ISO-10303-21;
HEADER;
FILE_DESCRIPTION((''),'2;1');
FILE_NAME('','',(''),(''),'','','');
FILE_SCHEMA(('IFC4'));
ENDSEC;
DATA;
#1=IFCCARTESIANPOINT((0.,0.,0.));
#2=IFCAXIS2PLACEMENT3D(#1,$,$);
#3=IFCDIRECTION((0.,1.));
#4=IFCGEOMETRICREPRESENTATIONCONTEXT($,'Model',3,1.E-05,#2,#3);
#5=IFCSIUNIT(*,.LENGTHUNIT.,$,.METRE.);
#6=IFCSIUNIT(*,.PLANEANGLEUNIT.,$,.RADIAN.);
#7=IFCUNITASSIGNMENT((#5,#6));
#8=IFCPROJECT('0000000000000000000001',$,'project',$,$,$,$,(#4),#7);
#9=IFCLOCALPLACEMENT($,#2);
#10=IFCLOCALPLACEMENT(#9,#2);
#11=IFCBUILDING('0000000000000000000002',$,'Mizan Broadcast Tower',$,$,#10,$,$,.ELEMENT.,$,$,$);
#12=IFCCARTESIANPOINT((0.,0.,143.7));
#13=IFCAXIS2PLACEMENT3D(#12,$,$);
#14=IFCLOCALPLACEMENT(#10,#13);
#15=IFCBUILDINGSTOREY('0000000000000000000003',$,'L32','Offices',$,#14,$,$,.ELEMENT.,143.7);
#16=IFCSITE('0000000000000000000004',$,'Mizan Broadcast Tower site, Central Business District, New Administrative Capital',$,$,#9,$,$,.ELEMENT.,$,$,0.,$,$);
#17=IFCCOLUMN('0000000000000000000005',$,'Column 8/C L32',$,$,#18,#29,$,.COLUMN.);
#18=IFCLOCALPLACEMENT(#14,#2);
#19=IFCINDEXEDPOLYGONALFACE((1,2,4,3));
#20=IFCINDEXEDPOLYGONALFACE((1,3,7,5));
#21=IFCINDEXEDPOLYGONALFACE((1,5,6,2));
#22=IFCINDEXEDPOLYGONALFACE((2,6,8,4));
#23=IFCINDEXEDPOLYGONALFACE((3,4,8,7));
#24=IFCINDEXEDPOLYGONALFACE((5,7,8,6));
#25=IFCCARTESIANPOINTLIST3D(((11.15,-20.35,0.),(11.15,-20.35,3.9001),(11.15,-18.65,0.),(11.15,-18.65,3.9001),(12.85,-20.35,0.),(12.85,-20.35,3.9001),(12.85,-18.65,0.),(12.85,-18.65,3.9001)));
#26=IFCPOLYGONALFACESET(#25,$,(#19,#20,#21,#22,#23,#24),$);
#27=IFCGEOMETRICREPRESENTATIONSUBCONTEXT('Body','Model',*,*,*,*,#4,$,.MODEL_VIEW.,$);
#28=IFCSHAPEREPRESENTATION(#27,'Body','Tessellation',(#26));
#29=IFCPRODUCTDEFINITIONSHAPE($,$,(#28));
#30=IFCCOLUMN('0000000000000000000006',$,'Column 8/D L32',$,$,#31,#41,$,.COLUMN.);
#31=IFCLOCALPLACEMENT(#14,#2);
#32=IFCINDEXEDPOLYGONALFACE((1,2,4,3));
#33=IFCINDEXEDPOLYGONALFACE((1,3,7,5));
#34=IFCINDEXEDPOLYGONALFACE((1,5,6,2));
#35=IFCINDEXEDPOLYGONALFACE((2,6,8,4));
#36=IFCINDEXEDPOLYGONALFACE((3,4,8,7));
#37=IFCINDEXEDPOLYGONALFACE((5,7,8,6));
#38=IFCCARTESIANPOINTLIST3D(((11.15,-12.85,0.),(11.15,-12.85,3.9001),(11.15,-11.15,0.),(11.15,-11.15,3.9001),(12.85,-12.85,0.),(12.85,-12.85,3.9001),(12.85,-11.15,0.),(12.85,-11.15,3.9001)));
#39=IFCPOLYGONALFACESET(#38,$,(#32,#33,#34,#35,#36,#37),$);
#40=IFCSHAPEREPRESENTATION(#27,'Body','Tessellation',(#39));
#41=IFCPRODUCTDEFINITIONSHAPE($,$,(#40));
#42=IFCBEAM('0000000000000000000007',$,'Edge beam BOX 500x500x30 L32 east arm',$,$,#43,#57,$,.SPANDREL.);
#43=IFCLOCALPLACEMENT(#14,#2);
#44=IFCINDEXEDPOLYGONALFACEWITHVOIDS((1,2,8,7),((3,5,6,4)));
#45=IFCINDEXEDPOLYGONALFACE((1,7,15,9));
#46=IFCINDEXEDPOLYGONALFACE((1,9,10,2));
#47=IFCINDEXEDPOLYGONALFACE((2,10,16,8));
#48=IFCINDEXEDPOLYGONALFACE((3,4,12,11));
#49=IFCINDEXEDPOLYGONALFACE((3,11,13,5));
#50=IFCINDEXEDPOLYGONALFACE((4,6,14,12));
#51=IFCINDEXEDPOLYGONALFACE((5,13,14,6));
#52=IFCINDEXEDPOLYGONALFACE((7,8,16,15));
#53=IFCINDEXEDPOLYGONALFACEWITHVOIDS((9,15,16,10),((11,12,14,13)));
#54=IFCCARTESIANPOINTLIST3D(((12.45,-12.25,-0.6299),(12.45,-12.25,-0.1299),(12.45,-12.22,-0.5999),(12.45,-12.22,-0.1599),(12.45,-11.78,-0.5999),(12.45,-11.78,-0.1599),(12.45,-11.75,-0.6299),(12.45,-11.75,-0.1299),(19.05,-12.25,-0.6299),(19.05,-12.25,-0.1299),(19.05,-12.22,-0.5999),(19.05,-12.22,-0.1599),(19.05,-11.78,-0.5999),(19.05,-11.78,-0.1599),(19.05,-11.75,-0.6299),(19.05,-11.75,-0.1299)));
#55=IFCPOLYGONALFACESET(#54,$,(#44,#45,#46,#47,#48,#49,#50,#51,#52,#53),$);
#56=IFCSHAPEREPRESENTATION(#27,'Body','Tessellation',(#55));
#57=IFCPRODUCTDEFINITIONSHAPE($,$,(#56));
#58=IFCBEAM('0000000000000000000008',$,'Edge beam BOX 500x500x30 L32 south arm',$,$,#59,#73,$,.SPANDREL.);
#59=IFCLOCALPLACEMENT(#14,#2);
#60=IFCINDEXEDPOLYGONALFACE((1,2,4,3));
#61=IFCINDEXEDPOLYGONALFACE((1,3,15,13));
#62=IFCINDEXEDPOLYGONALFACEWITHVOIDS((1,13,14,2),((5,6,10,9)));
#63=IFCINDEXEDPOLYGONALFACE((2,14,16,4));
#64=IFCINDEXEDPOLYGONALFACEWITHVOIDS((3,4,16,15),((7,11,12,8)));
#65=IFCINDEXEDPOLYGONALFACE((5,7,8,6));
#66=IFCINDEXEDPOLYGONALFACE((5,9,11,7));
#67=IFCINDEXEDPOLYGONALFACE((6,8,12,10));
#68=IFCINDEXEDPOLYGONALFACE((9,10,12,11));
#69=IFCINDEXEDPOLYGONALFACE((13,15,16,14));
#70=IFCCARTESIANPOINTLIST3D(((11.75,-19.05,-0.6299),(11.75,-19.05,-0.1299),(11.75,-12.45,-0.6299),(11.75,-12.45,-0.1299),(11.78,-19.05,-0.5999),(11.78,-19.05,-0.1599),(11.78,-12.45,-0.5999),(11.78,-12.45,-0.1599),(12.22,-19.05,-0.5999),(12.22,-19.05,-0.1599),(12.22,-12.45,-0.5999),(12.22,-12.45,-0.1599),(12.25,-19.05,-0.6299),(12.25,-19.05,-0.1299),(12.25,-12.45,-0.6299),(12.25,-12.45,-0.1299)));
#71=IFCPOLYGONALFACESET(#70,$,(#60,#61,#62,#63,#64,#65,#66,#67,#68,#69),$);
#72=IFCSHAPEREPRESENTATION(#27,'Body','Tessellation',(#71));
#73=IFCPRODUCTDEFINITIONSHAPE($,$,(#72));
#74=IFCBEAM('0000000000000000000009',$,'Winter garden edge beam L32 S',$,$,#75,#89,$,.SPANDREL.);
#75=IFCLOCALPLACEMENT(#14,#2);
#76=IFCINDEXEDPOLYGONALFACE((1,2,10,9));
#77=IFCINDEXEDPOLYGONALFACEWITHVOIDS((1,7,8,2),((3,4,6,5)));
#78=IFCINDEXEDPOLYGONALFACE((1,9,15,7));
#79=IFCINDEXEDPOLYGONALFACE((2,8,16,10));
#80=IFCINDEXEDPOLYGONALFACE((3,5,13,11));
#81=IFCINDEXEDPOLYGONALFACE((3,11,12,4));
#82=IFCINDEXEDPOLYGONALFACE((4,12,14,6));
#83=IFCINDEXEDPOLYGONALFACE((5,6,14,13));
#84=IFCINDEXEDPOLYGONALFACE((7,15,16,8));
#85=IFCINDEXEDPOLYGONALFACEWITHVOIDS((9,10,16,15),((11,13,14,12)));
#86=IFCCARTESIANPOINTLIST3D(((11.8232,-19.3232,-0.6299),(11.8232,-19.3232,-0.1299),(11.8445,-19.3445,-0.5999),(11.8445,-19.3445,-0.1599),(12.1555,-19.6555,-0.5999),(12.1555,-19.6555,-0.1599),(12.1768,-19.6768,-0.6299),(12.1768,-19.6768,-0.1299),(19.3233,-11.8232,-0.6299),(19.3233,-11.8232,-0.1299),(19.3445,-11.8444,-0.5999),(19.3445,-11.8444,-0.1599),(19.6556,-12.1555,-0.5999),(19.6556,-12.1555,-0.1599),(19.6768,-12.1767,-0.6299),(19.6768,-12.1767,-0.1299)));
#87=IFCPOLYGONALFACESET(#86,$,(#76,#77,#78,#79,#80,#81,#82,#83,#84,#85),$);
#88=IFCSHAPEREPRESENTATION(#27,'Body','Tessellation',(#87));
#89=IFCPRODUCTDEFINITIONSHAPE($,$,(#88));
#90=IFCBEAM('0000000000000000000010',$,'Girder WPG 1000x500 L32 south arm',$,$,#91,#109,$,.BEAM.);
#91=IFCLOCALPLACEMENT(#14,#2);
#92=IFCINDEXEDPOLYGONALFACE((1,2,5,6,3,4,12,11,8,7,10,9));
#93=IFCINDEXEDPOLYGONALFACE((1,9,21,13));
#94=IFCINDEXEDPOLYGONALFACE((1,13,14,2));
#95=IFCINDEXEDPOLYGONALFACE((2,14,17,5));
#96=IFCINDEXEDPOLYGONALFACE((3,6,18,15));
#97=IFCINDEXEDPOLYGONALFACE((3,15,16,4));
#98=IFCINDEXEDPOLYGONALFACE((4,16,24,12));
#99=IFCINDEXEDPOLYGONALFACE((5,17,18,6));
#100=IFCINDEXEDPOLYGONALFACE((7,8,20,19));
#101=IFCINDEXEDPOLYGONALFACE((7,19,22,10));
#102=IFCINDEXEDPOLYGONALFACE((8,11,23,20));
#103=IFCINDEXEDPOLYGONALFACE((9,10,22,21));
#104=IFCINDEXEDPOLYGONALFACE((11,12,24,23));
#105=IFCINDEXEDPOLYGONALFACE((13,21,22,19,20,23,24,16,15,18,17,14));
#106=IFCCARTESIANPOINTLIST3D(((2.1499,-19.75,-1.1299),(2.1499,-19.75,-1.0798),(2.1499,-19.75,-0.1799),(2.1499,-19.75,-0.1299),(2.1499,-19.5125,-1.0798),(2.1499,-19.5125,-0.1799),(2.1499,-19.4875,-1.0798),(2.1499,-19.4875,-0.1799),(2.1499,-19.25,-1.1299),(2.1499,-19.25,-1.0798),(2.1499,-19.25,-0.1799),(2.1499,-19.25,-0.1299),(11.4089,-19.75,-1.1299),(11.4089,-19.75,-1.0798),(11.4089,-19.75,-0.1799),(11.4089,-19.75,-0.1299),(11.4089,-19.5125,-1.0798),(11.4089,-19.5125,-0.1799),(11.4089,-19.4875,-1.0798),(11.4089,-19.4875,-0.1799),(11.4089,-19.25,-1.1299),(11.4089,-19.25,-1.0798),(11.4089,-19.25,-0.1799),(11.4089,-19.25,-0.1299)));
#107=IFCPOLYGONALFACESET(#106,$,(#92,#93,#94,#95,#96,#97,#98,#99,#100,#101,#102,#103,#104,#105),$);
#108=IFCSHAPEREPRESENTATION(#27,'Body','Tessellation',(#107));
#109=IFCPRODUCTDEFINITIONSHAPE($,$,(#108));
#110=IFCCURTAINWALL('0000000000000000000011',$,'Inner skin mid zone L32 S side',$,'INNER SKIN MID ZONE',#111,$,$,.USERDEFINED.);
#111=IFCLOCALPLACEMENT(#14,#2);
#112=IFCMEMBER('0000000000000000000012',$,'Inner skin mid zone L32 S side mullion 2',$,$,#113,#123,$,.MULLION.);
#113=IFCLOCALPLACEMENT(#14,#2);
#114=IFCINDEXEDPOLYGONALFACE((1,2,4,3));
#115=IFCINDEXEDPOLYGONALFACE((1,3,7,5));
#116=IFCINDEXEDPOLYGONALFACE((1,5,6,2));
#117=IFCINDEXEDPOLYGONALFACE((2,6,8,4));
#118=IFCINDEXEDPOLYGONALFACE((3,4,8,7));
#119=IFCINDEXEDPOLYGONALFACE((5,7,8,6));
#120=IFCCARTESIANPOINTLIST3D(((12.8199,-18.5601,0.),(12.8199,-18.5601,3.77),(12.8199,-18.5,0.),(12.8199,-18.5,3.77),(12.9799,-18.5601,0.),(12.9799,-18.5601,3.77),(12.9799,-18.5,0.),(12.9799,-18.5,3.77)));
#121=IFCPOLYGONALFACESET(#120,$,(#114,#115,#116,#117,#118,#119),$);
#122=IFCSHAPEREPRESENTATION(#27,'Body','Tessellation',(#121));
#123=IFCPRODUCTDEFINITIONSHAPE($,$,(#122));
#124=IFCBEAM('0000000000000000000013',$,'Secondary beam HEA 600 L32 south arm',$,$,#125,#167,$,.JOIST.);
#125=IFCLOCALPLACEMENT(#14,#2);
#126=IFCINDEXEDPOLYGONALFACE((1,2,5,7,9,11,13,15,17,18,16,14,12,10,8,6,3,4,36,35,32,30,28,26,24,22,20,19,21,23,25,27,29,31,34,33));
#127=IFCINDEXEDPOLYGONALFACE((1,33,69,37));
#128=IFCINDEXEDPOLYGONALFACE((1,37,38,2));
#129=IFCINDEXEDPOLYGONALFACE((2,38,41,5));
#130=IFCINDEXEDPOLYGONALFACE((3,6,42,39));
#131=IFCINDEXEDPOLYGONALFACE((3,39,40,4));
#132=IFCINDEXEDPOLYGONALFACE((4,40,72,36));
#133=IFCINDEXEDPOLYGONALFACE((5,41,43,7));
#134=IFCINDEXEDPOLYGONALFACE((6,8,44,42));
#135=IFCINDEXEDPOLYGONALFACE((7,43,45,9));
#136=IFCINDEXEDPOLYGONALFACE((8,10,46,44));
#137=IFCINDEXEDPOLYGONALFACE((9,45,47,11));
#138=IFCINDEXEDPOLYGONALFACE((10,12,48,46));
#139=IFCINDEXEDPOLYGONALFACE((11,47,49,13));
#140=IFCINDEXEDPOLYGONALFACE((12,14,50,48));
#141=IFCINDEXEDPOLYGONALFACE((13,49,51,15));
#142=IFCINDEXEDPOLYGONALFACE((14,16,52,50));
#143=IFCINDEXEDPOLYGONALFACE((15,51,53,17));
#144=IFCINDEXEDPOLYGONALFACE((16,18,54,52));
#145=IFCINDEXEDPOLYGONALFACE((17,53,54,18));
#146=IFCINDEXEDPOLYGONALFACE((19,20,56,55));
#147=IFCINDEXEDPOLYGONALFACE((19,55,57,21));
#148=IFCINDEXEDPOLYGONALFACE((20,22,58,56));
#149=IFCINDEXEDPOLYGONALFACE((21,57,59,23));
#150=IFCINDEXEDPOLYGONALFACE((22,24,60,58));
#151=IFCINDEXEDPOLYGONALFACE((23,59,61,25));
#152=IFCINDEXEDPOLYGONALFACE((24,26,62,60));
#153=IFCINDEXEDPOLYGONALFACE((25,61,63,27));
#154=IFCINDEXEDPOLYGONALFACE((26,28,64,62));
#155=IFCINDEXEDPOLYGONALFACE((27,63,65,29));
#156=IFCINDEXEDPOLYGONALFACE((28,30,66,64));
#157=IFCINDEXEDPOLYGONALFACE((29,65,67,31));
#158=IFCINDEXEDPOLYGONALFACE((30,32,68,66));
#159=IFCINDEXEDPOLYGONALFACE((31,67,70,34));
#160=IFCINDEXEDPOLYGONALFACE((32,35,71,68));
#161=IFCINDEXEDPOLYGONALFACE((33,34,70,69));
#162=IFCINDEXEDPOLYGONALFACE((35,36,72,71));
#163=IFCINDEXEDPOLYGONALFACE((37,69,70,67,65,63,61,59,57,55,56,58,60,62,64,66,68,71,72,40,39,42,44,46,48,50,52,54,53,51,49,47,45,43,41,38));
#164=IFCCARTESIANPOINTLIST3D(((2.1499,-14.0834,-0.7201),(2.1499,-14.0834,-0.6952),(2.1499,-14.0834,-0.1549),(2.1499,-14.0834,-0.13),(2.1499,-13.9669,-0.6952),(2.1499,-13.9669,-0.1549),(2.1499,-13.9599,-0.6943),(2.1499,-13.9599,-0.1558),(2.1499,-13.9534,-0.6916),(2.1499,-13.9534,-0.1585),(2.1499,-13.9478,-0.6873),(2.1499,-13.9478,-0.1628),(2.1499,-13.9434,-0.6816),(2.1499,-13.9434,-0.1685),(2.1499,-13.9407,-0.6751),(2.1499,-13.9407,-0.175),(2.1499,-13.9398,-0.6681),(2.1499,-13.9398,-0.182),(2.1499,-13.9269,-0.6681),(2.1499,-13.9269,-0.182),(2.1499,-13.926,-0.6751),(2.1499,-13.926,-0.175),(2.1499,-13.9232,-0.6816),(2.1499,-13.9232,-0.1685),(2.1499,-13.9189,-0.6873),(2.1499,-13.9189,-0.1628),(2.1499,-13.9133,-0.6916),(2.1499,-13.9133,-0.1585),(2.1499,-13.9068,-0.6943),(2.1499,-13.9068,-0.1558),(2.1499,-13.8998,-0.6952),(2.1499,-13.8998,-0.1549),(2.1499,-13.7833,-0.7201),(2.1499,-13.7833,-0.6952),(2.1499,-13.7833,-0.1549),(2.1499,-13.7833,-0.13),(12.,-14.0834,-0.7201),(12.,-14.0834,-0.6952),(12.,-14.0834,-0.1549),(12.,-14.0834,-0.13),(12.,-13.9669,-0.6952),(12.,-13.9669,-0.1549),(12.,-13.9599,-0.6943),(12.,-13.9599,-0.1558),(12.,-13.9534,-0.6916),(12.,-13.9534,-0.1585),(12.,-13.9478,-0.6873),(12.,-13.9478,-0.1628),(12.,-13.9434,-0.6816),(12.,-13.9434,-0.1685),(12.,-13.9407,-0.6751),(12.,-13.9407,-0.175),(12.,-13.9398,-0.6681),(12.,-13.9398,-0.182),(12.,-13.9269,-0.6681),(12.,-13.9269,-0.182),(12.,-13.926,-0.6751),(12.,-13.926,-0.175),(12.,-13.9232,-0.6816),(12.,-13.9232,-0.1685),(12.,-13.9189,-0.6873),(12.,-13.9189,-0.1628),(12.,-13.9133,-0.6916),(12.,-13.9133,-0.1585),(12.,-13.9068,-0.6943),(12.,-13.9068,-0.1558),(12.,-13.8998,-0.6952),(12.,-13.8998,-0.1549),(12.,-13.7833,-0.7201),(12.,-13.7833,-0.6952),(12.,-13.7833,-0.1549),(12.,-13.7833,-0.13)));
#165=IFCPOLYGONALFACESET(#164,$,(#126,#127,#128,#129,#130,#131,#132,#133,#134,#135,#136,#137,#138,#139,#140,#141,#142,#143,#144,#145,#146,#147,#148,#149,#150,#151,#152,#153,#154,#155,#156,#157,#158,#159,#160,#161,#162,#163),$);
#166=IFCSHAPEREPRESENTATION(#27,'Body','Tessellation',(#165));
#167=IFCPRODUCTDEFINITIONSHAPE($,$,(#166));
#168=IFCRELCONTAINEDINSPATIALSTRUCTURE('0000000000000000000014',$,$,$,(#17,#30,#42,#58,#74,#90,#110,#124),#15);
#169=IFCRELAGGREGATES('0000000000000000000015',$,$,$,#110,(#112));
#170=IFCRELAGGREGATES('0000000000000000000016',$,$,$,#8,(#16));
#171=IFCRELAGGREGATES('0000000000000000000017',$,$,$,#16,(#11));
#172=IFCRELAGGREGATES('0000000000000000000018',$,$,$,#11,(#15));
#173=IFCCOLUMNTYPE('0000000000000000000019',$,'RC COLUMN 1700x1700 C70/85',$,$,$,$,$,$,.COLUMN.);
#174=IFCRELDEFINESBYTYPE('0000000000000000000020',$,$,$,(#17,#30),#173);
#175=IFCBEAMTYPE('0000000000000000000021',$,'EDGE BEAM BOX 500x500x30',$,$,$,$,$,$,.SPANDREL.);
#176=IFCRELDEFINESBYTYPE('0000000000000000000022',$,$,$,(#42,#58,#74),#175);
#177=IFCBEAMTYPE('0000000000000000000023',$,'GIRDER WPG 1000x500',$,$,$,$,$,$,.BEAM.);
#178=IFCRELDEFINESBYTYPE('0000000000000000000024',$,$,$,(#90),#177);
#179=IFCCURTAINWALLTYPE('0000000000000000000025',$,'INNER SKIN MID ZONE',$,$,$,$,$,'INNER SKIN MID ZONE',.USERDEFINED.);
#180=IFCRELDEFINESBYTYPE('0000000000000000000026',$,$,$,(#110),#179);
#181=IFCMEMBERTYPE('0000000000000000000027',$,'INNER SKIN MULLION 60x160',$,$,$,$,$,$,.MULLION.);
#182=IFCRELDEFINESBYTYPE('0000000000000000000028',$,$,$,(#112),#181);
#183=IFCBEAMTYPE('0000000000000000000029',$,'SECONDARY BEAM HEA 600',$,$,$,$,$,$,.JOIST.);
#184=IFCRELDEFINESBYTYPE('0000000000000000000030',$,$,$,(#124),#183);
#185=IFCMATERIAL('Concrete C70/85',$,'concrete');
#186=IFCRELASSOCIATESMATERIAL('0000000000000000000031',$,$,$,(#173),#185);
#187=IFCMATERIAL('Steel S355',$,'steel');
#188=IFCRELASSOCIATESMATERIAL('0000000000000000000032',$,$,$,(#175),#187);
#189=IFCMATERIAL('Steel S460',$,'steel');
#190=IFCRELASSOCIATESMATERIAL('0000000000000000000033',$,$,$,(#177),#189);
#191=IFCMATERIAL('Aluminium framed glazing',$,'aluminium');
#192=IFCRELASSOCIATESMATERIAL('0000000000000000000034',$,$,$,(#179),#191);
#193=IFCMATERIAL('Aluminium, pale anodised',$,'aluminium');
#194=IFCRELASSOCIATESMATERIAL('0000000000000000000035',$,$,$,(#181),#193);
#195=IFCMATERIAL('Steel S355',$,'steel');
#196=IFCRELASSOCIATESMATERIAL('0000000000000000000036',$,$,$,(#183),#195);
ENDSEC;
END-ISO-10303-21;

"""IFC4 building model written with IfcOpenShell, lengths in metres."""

from ifc_helpers import new_model, si_unit, direction, frame, origin, origin_2d, place, context, subcontext, project, spatial, rectangle, hollow_rectangle, i_section, extrude, material, material_profile, profile_set, type_object, element, aggregate, save


model = new_model("IFC4")

# Units and contexts
model_context = context("Model", 3, precision=1e-05, world=origin(), true_north=direction((0.0, 1.0)))
body_context = subcontext(model_context, "Body", "Model", "MODEL_VIEW")
ifc_project = project(units=[si_unit("LENGTHUNIT", "METRE"), si_unit("PLANEANGLEUNIT", "RADIAN")], contexts=[model_context])

# Site, building, storey
site_placement = place(None, origin())
site = spatial("IfcSite", under=ifc_project, at=site_placement, Name="Mizan Broadcast Tower site, Central Business District, New Administrative Capital", CompositionType="ELEMENT", RefElevation=0.0)
building_placement = place(site_placement, origin())
building = spatial("IfcBuilding", under=site, at=building_placement, Name="Mizan Broadcast Tower", CompositionType="ELEMENT")
storey_placement = place(building_placement, frame((0.0, 0.0, 143.7)))
storey = spatial("IfcBuildingStorey", under=building, at=storey_placement, Name="L32", Description="Offices", CompositionType="ELEMENT", Elevation=143.7)

# Columns
ifc_material_1 = material(Name="Concrete C70/85", Category="concrete")
ifc_material_profile_1 = material_profile(ifc_material_1, rectangle(XDim=1.7, YDim=1.7, at=origin_2d()), Name="RC 1700x1700")
ifc_profile_set_1 = profile_set([ifc_material_profile_1], Name="Concrete C70/85")
column_type = type_object("IfcColumnType", Name="RC COLUMN 1700x1700 C70/85", PredefinedType="COLUMN", material=ifc_profile_set_1)
for number, where, z_axis, x_axis, name in (
    (1, (12.0, -19.5, 0.0), (0.0, 0.0, 1.0), (1.0, 0.0, 0.0), "Column 8/C L32"),
    (2, (12.0, -12.0, 0.0), (0.0, 0.0, 1.0), (1.0, 0.0, 0.0), "Column 8/D L32"),
):
    element("IfcColumn", number, at=place(storey_placement, frame(where, z_axis=z_axis, x_axis=x_axis)), inside=storey, type_object=column_type, Name=name, PredefinedType="COLUMN", context=body_context, shape_type="SweptSolid", body=[
        extrude(rectangle(XDim=1.7, YDim=1.7, at=origin_2d()), origin(), (0.0, 0.0, 1.0), 3.9001),
    ])

# Beams
ifc_material_2 = material(Name="Steel S355", Category="steel")
ifc_material_profile_2 = material_profile(ifc_material_2, hollow_rectangle(XDim=0.5, YDim=0.5, WallThickness=0.03, at=origin_2d()), Name="BOX 500x500x30")
ifc_profile_set_2 = profile_set([ifc_material_profile_2], Name="Steel S355")
beam_type_1 = type_object("IfcBeamType", Name="EDGE BEAM BOX 500x500x30", PredefinedType="SPANDREL", material=ifc_profile_set_2)
for number, where, z_axis, x_axis, name in (
    (3, (12.45, -12.0, -0.3799), (1.0, 0.0, 0.0), (0.0, 1.0, 0.0), "Edge beam BOX 500x500x30 L32 east arm"),
    (4, (12.0, -12.45, -0.3799), (0.0, -1.0, 0.0), (1.0, 0.0, 0.0), "Edge beam BOX 500x500x30 L32 south arm"),
):
    element("IfcBeam", number, at=place(storey_placement, frame(where, z_axis=z_axis, x_axis=x_axis)), inside=storey, type_object=beam_type_1, Name=name, PredefinedType="SPANDREL", context=body_context, shape_type="SweptSolid", body=[
        extrude(hollow_rectangle(XDim=0.5, YDim=0.5, WallThickness=0.03, at=origin_2d()), origin(), (0.0, 0.0, 1.0), 6.6001),
    ])
beam_1_placement = place(storey_placement, frame((12.0, -19.5, -0.3799), z_axis=(0.707107, 0.707107, 0.0), x_axis=(-0.707107, 0.707107, 0.0)))
element("IfcBeam", 5, at=beam_1_placement, inside=storey, type_object=beam_type_1, Name="Winter garden edge beam L32 S", PredefinedType="SPANDREL", context=body_context, shape_type="SweptSolid", body=[
    extrude(hollow_rectangle(XDim=0.5, YDim=0.5, WallThickness=0.03, at=origin_2d()), origin(), (0.0, 0.0, 1.0), 10.6067),
])
ifc_material_3 = material(Name="Steel S460", Category="steel")
ifc_material_profile_3 = material_profile(ifc_material_3, i_section(OverallWidth=0.5, OverallDepth=1.0, WebThickness=0.0249, FlangeThickness=0.05, at=origin_2d()), Name="WPG 1000x500")
ifc_profile_set_3 = profile_set([ifc_material_profile_3], Name="Steel S460")
beam_type_2 = type_object("IfcBeamType", Name="GIRDER WPG 1000x500", PredefinedType="BEAM", material=ifc_profile_set_3)
beam_2_placement = place(storey_placement, frame((11.4089, -19.5, -0.6299), z_axis=(-1.0, 0.0, 0.0), x_axis=(0.0, -1.0, 0.0)))
element("IfcBeam", 6, at=beam_2_placement, inside=storey, type_object=beam_type_2, Name="Girder WPG 1000x500 L32 south arm", PredefinedType="BEAM", context=body_context, shape_type="SweptSolid", body=[
    extrude(i_section(OverallWidth=0.5, OverallDepth=1.0, WebThickness=0.0249, FlangeThickness=0.05, at=origin_2d()), origin(), (0.0, 0.0, 1.0), 9.259),
])

# Curtain wall, member
ifc_material_4 = material(Name="Aluminium framed glazing", Category="aluminium")
curtain_wall_type = type_object("IfcCurtainWallType", Name="INNER SKIN MID ZONE", ElementType="INNER SKIN MID ZONE", PredefinedType="USERDEFINED", material=ifc_material_4)
curtain_wall_placement = place(storey_placement, origin())
curtain_wall = element("IfcCurtainWall", 7, at=curtain_wall_placement, inside=storey, type_object=curtain_wall_type, Name="Inner skin mid zone L32 S side", ObjectType="INNER SKIN MID ZONE", PredefinedType="USERDEFINED")
ifc_material_5 = material(Name="Aluminium, pale anodised", Category="aluminium")
ifc_material_profile_4 = material_profile(ifc_material_5, rectangle(XDim=0.1599, YDim=0.0601, at=origin_2d()), Name="MULLION 160x60")
ifc_profile_set_4 = profile_set([ifc_material_profile_4], Name="Aluminium, pale anodised")
member_type = type_object("IfcMemberType", Name="INNER SKIN MULLION 60x160", PredefinedType="MULLION", material=ifc_profile_set_4)
member_placement = place(storey_placement, frame((12.8999, -18.53, 0.0), z_axis=(0.0, 0.0, 1.0), x_axis=(-1.0, 0.0, 0.0)))
member = element("IfcMember", 8, at=member_placement, type_object=member_type, Name="Inner skin mid zone L32 S side mullion 2", PredefinedType="MULLION", context=body_context, shape_type="SweptSolid", body=[
    extrude(rectangle(XDim=0.1599, YDim=0.0601, at=origin_2d()), origin(), (0.0, 0.0, 1.0), 3.77),
])
aggregate(curtain_wall, [member])

# Beam
ifc_material_6 = material(Name="Steel S355", Category="steel")
ifc_material_profile_5 = material_profile(ifc_material_6, i_section(OverallWidth=0.3, OverallDepth=0.5901, WebThickness=0.0129, FlangeThickness=0.0249, FilletRadius=0.0271, at=origin_2d()), Name="HEA 600")
ifc_profile_set_5 = profile_set([ifc_material_profile_5], Name="Steel S355")
beam_type_3 = type_object("IfcBeamType", Name="SECONDARY BEAM HEA 600", PredefinedType="JOIST", material=ifc_profile_set_5)
for number, where, z_axis, x_axis, name in (
    (9, (12.0, -13.9333, -0.425), (-1.0, 0.0, 0.0), (0.0, -1.0, 0.0), "Secondary beam HEA 600 L32 south arm"),
):
    element("IfcBeam", number, at=place(storey_placement, frame(where, z_axis=z_axis, x_axis=x_axis)), inside=storey, type_object=beam_type_3, Name=name, PredefinedType="JOIST", context=body_context, shape_type="SweptSolid", body=[
        extrude(i_section(OverallWidth=0.3, OverallDepth=0.5901, WebThickness=0.0129, FlangeThickness=0.0249, FilletRadius=0.0271, at=origin_2d()), origin(), (0.0, 0.0, 1.0), 9.8501),
    ])

save(model, "model.ifc")
